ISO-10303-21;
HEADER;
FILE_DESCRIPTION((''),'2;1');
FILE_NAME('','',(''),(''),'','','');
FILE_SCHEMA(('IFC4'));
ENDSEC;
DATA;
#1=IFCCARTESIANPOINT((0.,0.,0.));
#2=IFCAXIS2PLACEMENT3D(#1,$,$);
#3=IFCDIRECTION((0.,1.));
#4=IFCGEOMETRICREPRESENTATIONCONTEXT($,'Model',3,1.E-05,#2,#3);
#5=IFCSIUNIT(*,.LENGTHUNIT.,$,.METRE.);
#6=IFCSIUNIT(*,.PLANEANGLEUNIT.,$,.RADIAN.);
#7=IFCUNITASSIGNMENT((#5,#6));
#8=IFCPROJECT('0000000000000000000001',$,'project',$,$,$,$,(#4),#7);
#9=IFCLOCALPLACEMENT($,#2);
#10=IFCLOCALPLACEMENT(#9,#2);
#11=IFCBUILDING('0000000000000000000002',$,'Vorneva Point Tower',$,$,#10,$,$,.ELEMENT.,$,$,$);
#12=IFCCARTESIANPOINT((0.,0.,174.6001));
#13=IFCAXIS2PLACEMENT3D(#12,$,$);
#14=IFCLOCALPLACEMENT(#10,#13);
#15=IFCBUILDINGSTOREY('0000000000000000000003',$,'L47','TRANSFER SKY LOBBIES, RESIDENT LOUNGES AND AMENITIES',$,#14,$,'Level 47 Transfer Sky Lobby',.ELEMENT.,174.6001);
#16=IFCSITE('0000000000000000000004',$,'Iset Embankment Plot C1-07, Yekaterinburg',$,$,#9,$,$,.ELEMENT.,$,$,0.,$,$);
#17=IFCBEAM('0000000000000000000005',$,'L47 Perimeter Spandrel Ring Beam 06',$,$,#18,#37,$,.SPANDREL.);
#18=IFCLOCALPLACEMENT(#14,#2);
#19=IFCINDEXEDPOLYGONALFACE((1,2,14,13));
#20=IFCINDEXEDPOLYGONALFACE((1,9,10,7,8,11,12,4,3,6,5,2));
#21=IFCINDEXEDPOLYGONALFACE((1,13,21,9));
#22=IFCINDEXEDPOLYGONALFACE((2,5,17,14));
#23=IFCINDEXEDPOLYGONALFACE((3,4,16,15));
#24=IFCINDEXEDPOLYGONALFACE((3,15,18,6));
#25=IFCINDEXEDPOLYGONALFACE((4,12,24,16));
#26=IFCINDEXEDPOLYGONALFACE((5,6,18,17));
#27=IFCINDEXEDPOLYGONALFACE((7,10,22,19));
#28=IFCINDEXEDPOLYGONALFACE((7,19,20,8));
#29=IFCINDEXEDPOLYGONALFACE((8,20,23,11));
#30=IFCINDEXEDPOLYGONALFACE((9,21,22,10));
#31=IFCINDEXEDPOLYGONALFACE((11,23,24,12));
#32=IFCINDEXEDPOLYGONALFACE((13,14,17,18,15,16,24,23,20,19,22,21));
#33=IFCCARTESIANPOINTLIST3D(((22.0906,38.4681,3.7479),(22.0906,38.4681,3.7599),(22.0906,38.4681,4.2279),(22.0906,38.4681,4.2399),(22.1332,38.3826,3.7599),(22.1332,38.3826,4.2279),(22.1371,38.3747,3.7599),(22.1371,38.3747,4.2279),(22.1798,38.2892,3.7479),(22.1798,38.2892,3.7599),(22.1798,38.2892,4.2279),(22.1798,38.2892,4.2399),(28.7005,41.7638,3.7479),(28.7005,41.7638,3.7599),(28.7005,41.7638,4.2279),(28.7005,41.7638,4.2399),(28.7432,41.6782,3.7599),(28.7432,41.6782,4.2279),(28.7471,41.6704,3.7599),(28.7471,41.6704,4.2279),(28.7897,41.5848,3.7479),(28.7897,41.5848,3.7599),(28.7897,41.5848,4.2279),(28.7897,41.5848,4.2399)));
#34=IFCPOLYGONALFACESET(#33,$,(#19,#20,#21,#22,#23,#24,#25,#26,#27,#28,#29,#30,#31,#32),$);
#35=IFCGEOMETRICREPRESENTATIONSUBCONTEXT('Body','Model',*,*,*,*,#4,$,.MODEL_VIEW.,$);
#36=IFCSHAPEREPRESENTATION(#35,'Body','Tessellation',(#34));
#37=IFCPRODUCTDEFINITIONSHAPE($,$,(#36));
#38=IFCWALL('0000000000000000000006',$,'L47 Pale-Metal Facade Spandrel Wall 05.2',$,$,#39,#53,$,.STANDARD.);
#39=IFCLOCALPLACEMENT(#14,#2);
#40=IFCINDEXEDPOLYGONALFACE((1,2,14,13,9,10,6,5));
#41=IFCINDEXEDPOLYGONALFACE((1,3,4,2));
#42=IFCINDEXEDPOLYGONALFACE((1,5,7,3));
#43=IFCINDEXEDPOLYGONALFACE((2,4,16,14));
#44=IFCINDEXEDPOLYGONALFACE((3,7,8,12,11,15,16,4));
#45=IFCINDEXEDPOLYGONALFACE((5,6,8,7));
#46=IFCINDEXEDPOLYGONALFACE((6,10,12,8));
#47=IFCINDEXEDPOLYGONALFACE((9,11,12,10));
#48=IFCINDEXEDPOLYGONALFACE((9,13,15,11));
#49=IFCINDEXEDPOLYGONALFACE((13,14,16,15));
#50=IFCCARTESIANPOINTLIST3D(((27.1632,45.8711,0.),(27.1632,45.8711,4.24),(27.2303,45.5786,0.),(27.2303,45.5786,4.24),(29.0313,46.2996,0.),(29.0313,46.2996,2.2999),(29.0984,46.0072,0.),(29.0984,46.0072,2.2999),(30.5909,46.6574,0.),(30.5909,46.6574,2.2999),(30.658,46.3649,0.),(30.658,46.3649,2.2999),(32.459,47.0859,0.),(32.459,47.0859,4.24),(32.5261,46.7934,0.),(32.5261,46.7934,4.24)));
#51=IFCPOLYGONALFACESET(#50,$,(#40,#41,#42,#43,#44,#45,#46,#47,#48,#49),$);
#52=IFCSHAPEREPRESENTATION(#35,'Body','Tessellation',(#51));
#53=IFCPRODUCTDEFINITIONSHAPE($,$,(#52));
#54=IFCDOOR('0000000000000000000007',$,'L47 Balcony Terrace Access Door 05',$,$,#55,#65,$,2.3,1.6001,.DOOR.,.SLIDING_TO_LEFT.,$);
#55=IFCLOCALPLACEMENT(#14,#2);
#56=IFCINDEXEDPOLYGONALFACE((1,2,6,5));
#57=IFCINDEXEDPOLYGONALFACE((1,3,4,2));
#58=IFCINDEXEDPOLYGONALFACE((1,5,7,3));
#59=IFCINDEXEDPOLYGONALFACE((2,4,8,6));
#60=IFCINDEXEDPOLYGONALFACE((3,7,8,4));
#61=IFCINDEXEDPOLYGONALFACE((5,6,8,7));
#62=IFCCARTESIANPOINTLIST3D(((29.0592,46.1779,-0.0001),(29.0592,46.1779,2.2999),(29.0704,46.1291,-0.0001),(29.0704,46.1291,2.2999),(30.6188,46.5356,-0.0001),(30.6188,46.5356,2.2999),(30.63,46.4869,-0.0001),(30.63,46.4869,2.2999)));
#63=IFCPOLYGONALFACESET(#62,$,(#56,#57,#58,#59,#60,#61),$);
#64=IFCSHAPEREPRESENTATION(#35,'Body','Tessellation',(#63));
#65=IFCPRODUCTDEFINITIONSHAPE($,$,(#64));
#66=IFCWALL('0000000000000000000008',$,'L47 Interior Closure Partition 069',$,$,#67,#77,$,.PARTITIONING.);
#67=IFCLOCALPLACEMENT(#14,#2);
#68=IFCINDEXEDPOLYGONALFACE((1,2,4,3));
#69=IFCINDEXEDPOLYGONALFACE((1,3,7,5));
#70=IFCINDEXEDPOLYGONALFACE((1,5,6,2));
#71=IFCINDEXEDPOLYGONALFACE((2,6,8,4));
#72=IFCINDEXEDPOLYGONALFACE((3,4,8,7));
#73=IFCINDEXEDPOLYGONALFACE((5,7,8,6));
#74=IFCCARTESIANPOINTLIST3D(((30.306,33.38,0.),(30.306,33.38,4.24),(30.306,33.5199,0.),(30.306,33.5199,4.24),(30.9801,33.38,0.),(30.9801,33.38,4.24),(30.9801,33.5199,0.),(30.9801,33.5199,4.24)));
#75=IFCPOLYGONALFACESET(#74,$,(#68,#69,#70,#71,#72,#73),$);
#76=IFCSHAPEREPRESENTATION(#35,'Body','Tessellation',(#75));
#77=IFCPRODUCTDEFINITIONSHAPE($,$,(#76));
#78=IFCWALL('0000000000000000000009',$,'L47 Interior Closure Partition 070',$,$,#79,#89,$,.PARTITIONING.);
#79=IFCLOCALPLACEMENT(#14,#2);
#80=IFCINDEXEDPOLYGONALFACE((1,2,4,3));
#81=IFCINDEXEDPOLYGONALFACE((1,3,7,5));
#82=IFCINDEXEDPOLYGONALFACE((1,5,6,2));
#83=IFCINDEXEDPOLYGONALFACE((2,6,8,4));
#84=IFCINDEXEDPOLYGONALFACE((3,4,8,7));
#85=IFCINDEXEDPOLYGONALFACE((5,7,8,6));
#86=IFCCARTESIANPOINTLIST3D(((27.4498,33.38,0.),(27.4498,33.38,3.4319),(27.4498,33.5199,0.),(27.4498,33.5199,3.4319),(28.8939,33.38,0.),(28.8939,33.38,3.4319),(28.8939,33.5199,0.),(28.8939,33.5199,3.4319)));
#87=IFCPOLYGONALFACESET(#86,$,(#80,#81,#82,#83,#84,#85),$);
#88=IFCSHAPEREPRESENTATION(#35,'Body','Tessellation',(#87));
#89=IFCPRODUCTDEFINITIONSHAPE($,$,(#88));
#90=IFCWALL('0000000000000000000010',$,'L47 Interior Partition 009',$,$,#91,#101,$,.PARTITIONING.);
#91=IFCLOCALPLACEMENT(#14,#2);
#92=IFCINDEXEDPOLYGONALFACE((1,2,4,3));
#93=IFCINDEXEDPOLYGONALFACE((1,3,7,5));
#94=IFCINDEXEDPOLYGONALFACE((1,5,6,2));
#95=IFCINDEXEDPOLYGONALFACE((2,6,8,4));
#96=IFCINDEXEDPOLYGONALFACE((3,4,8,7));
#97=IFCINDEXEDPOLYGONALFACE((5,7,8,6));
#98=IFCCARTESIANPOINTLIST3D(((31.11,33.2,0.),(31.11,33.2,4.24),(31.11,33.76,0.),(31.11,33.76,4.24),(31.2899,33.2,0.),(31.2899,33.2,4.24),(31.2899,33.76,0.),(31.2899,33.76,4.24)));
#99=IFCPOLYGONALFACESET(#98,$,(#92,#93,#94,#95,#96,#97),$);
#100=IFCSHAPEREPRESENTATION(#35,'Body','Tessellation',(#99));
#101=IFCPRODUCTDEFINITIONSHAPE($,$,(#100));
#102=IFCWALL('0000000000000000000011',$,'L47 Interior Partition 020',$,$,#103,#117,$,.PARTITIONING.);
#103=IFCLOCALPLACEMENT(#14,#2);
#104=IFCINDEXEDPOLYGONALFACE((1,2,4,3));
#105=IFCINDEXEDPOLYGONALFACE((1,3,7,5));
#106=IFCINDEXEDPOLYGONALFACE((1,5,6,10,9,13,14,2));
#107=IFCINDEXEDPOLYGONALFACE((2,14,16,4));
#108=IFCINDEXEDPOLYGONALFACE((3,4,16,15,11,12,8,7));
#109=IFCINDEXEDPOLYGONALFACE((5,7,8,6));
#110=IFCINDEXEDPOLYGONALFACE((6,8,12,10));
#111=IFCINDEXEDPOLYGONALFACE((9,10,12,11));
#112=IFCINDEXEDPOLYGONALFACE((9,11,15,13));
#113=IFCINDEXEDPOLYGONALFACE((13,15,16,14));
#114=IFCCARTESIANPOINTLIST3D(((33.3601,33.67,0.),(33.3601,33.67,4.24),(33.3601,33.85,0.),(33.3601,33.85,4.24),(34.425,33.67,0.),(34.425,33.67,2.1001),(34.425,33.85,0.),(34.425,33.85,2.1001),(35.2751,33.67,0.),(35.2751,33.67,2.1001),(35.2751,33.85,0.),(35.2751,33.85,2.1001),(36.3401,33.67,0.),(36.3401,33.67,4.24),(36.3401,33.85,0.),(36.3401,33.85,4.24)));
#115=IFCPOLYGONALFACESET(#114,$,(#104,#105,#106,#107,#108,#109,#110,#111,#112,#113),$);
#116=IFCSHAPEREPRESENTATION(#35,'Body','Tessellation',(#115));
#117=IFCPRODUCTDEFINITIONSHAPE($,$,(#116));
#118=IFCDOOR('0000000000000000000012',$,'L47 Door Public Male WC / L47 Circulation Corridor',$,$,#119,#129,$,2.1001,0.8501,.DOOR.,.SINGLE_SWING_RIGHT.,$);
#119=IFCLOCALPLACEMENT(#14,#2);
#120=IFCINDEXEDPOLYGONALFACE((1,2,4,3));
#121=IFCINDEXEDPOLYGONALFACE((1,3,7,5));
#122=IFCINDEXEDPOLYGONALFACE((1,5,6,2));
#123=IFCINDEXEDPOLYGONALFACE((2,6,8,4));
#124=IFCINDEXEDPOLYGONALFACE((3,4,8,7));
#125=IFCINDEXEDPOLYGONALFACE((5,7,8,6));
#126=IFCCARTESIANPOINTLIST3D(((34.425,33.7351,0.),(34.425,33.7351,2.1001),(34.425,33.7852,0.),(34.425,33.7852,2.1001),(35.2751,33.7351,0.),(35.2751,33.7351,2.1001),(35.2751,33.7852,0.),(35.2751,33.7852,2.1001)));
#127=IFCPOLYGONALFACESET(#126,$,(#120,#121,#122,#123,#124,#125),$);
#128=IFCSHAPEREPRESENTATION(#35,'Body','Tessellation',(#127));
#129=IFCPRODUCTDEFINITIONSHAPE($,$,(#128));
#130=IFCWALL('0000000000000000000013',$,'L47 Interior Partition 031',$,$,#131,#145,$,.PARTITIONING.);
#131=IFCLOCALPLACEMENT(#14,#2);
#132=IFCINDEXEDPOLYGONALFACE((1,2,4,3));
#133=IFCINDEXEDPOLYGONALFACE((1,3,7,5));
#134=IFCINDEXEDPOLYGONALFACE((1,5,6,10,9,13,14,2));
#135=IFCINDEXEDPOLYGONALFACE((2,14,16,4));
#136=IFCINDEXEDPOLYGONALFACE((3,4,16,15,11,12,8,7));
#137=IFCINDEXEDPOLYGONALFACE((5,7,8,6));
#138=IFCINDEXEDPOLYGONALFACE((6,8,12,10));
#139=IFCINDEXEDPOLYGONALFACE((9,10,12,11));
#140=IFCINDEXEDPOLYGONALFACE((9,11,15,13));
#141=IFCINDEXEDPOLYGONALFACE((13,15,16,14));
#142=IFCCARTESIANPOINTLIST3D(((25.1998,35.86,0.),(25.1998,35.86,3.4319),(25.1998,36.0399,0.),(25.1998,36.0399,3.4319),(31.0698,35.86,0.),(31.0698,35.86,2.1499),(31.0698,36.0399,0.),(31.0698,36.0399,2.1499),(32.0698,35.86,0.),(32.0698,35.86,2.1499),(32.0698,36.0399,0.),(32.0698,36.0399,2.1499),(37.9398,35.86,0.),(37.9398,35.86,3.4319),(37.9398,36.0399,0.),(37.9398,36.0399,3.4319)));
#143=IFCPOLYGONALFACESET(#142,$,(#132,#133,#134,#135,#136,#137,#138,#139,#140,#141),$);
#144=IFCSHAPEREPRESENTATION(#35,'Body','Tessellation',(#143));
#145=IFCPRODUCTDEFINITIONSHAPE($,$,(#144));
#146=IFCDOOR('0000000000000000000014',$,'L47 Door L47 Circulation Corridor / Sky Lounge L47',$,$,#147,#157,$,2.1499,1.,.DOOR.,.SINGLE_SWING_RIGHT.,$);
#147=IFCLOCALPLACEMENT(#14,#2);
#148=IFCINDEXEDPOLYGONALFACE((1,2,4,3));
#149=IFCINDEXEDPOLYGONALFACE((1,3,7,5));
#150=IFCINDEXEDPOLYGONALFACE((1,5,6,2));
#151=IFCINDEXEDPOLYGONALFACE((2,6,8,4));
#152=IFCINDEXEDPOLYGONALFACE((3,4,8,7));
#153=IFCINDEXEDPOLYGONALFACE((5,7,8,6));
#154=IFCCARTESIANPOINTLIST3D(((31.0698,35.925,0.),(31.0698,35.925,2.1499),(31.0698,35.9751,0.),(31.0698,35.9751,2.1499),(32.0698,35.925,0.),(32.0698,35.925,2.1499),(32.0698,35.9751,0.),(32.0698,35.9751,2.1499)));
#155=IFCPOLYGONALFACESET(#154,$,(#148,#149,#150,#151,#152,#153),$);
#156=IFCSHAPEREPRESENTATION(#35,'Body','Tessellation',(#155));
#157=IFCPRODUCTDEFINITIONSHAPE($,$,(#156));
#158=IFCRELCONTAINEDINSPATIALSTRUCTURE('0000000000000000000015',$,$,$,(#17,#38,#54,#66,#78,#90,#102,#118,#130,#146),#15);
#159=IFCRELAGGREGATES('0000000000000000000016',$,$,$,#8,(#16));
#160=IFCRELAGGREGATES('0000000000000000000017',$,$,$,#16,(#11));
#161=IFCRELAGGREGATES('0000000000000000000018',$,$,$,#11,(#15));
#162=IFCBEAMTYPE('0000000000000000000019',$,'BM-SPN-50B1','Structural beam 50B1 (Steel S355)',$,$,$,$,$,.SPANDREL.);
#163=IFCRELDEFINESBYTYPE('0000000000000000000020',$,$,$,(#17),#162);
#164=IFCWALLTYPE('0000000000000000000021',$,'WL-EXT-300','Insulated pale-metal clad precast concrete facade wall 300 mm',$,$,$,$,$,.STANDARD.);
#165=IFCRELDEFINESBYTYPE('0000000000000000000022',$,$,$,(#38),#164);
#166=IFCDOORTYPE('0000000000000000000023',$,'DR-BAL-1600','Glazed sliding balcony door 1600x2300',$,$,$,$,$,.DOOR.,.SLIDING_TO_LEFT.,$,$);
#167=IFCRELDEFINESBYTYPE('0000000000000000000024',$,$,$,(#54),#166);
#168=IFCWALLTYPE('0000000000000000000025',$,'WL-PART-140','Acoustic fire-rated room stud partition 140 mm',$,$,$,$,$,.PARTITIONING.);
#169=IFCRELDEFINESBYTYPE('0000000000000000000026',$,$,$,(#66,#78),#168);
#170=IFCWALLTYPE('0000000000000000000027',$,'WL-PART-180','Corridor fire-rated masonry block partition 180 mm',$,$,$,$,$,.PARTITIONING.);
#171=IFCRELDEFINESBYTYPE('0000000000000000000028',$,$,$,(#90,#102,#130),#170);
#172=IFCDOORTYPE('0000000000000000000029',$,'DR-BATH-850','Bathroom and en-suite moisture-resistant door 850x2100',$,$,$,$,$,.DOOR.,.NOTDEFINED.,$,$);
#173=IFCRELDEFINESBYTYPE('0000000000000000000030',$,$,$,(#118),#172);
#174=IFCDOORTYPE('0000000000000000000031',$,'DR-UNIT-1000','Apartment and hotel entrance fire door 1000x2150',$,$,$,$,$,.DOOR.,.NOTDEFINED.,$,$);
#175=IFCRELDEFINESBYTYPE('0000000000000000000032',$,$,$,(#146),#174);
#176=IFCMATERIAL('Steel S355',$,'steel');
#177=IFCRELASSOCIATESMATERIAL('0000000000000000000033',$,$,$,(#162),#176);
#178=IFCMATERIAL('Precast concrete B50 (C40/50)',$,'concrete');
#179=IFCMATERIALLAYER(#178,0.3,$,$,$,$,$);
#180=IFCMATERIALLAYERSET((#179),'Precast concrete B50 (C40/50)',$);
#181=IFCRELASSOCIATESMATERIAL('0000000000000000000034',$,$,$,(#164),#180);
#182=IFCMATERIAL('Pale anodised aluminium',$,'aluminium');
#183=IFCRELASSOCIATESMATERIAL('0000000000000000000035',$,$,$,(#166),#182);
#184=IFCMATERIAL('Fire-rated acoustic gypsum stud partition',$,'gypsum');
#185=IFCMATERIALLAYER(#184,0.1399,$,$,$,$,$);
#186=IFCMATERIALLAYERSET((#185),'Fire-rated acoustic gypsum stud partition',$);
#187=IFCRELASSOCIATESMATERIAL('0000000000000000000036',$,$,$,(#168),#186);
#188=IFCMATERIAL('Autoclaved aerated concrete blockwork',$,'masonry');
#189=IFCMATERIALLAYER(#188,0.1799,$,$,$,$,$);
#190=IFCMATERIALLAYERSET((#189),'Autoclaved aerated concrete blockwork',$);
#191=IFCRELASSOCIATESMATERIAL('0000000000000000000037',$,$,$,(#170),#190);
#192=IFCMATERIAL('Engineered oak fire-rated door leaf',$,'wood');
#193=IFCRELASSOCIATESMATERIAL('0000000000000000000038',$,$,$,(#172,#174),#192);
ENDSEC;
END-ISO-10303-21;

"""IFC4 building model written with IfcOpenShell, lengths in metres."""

from ifc_helpers import new_model, si_unit, direction, frame, frame_2d, origin, origin_2d, place, context, subcontext, project, spatial, rectangle, i_section, extrude, material, layer, layer_set, material_profile, profile_set, type_object, element, fill, save


model = new_model("IFC4")

# Units and contexts
model_context = context("Model", 3, precision=1e-05, world=origin(), true_north=direction((0.0, 1.0)))
body_context = subcontext(model_context, "Body", "Model", "MODEL_VIEW")
ifc_project = project(units=[si_unit("LENGTHUNIT", "METRE"), si_unit("PLANEANGLEUNIT", "RADIAN")], contexts=[model_context])

# Site, building, storey
site_placement = place(None, origin())
site = spatial("IfcSite", under=ifc_project, at=site_placement, Name="Iset Embankment Plot C1-07, Yekaterinburg", CompositionType="ELEMENT", RefElevation=0.0)
building_placement = place(site_placement, origin())
building = spatial("IfcBuilding", under=site, at=building_placement, Name="Vorneva Point Tower", CompositionType="ELEMENT")
storey_placement = place(building_placement, frame((0.0, 0.0, 174.6001)))
storey = spatial("IfcBuildingStorey", under=building, at=storey_placement, Name="L47", Description="TRANSFER SKY LOBBIES, RESIDENT LOUNGES AND AMENITIES", LongName="Level 47 Transfer Sky Lobby", CompositionType="ELEMENT", Elevation=174.6001)

# Beam
ifc_material_1 = material(Name="Steel S355", Category="steel")
ifc_material_profile_1 = material_profile(ifc_material_1, i_section(OverallWidth=0.2, OverallDepth=0.4919, WebThickness=0.0088, FlangeThickness=0.012, at=origin_2d()), Name="50B1")
ifc_profile_set_1 = profile_set([ifc_material_profile_1], Name="Steel S355")
beam_type_1 = type_object("IfcBeamType", Name="BM-SPN-50B1", Description="Structural beam 50B1 (Steel S355)", PredefinedType="SPANDREL", material=ifc_profile_set_1)
beam_1_placement = place(storey_placement, frame((28.7451, 41.6743, 3.9939), z_axis=(-0.894929, -0.446208, 0.0), x_axis=(0.446208, -0.894929, 0.0)))
element("IfcBeam", 1, at=beam_1_placement, inside=storey, type_object=beam_type_1, Name="L47 Perimeter Spandrel Ring Beam 06", PredefinedType="SPANDREL", context=body_context, shape_type="SweptSolid", body=[
    extrude(i_section(OverallWidth=0.2, OverallDepth=0.4919, WebThickness=0.0088, FlangeThickness=0.012, at=origin_2d()), origin(), (0.0, 0.0, 1.0), 7.386),
])

# Wall, opening, door
ifc_material_2 = material(Name="Precast concrete B50 (C40/50)", Category="concrete")
ifc_layer_1 = layer(ifc_material_2, 0.3)
ifc_layer_set_1 = layer_set([ifc_layer_1], Name="Precast concrete B50 (C40/50)")
wall_type_1 = type_object("IfcWallType", Name="WL-EXT-300", Description="Insulated pale-metal clad precast concrete facade wall 300 mm", PredefinedType="STANDARD", material=ifc_layer_set_1)
wall_1_placement = place(storey_placement, frame((32.4927, 46.9397, 0.0), z_axis=(0.0, 0.0, 1.0), x_axis=(-0.974684, -0.223586, 0.0)))
wall_1 = element("IfcWall", 2, at=wall_1_placement, inside=storey, type_object=wall_type_1, Name="L47 Pale-Metal Facade Spandrel Wall 05.2", PredefinedType="STANDARD", context=body_context, shape_type="SweptSolid", body=[
    extrude(rectangle(XDim=5.4333, YDim=0.3, at=frame_2d((2.7168, 0.0))), origin(), (0.0, 0.0, 1.0), 4.24),
])
opening_1_placement = place(wall_1_placement, frame((1.9167, 0.0, 0.0)))
opening_1 = element("IfcOpeningElement", 3, at=opening_1_placement, cuts=wall_1, PredefinedType="OPENING", context=body_context, shape_type="SweptSolid", body=[
    extrude(rectangle(XDim=1.6001, YDim=2.3, at=frame_2d((0.8, 1.1499))), frame((0.0, 0.165, 0.0), z_axis=(0.0, -1.0, 0.0), x_axis=(1.0, 0.0, 0.0)), (0.0, 0.0, 1.0), 0.3298),
])
ifc_material_3 = material(Name="Pale anodised aluminium", Category="aluminium")
door_type_1 = type_object("IfcDoorType", Name="DR-BAL-1600", Description="Glazed sliding balcony door 1600x2300", OperationType="SLIDING_TO_LEFT", PredefinedType="DOOR", material=ifc_material_3)
door_1_placement = place(opening_1_placement, origin())
door_1 = element("IfcDoor", 4, at=door_1_placement, inside=storey, type_object=door_type_1, Name="L47 Balcony Terrace Access Door 05", OperationType="SLIDING_TO_LEFT", OverallHeight=2.3, OverallWidth=1.6001, PredefinedType="DOOR", context=body_context, shape_type="SweptSolid", body=[
    extrude(rectangle(XDim=1.6001, YDim=2.3, at=frame_2d((0.8, 1.1499))), frame((0.0, 0.0249, 0.0), z_axis=(0.0, -1.0, 0.0), x_axis=(1.0, 0.0, 0.0)), (0.0, 0.0, 1.0), 0.05),
])
fill(opening_1, door_1)

# Walls
ifc_material_4 = material(Name="Fire-rated acoustic gypsum stud partition", Category="gypsum")
ifc_layer_2 = layer(ifc_material_4, 0.1399)
ifc_layer_set_2 = layer_set([ifc_layer_2], Name="Fire-rated acoustic gypsum stud partition")
wall_type_2 = type_object("IfcWallType", Name="WL-PART-140", Description="Acoustic fire-rated room stud partition 140 mm", PredefinedType="PARTITIONING", material=ifc_layer_set_2)
wall_2_placement = place(storey_placement, frame((30.98, 33.45, 0.0), z_axis=(0.0, 0.0, 1.0), x_axis=(-1.0, 0.0, 0.0)))
element("IfcWall", 5, at=wall_2_placement, inside=storey, type_object=wall_type_2, Name="L47 Interior Closure Partition 069", PredefinedType="PARTITIONING", context=body_context, shape_type="SweptSolid", body=[
    extrude(rectangle(XDim=0.6741, YDim=0.1399, at=frame_2d((0.3369, 0.0))), origin(), (0.0, 0.0, 1.0), 4.24),
])
wall_3_placement = place(storey_placement, frame((28.894, 33.45, 0.0), z_axis=(0.0, 0.0, 1.0), x_axis=(-1.0, 0.0, 0.0)))
element("IfcWall", 6, at=wall_3_placement, inside=storey, type_object=wall_type_2, Name="L47 Interior Closure Partition 070", PredefinedType="PARTITIONING", context=body_context, shape_type="SweptSolid", body=[
    extrude(rectangle(XDim=1.4441, YDim=0.1399, at=frame_2d((0.7222, 0.0))), origin(), (0.0, 0.0, 1.0), 3.4319),
])

# Shared definitions
ifc_material_5 = material(Name="Autoclaved aerated concrete blockwork", Category="masonry")
ifc_layer_3 = layer(ifc_material_5, 0.1799)
ifc_layer_set_3 = layer_set([ifc_layer_3], Name="Autoclaved aerated concrete blockwork")
wall_type_3 = type_object("IfcWallType", Name="WL-PART-180", Description="Corridor fire-rated masonry block partition 180 mm", PredefinedType="PARTITIONING", material=ifc_layer_set_3)

# Wall
wall_4_placement = place(storey_placement, frame((31.2, 33.76, 0.0), z_axis=(0.0, 0.0, 1.0), x_axis=(0.0, -1.0, 0.0)))
element("IfcWall", 7, at=wall_4_placement, inside=storey, type_object=wall_type_3, Name="L47 Interior Partition 009", PredefinedType="PARTITIONING", context=body_context, shape_type="SweptSolid", body=[
    extrude(rectangle(XDim=0.5601, YDim=0.1799, at=frame_2d((0.28, 0.0))), origin(), (0.0, 0.0, 1.0), 4.24),
])

# Walls, openings, doors
wall_5_placement = place(storey_placement, frame((36.3401, 33.76, 0.0), z_axis=(0.0, 0.0, 1.0), x_axis=(-1.0, 0.0, 0.0)))
wall_5 = element("IfcWall", 8, at=wall_5_placement, inside=storey, type_object=wall_type_3, Name="L47 Interior Partition 020", PredefinedType="PARTITIONING", context=body_context, shape_type="SweptSolid", body=[
    extrude(rectangle(XDim=2.98, YDim=0.1799, at=frame_2d((1.49, 0.0))), origin(), (0.0, 0.0, 1.0), 4.24),
])
opening_2_placement = place(wall_5_placement, frame((1.0649, 0.0, 0.0)))
opening_2 = element("IfcOpeningElement", 9, at=opening_2_placement, cuts=wall_5, PredefinedType="OPENING", context=body_context, shape_type="SweptSolid", body=[
    extrude(rectangle(XDim=0.8501, YDim=2.1001, at=frame_2d((0.425, 1.05))), frame((0.0, 0.105, 0.0), z_axis=(0.0, -1.0, 0.0), x_axis=(1.0, 0.0, 0.0)), (0.0, 0.0, 1.0), 0.2097),
])
ifc_material_6 = material(Name="Engineered oak fire-rated door leaf", Category="wood")
door_type_2 = type_object("IfcDoorType", Name="DR-BATH-850", Description="Bathroom and en-suite moisture-resistant door 850x2100", OperationType="NOTDEFINED", PredefinedType="DOOR", material=ifc_material_6)
door_2_placement = place(opening_2_placement, origin())
door_2 = element("IfcDoor", 10, at=door_2_placement, inside=storey, type_object=door_type_2, Name="L47 Door Public Male WC / L47 Circulation Corridor", OperationType="SINGLE_SWING_RIGHT", OverallHeight=2.1001, OverallWidth=0.8501, PredefinedType="DOOR", context=body_context, shape_type="SweptSolid", body=[
    extrude(rectangle(XDim=0.8501, YDim=2.1001, at=frame_2d((0.425, 1.05))), frame((0.0, 0.0249, 0.0), z_axis=(0.0, -1.0, 0.0), x_axis=(1.0, 0.0, 0.0)), (0.0, 0.0, 1.0), 0.05),
])
fill(opening_2, door_2)
wall_6_placement = place(storey_placement, frame((37.9399, 35.95, 0.0), z_axis=(0.0, 0.0, 1.0), x_axis=(-1.0, 0.0, 0.0)))
wall_6 = element("IfcWall", 11, at=wall_6_placement, inside=storey, type_object=wall_type_3, Name="L47 Interior Partition 031", PredefinedType="PARTITIONING", context=body_context, shape_type="SweptSolid", body=[
    extrude(rectangle(XDim=12.74, YDim=0.1799, at=frame_2d((6.3701, 0.0))), origin(), (0.0, 0.0, 1.0), 3.4319),
])
opening_3_placement = place(wall_6_placement, frame((5.8701, 0.0, 0.0)))
opening_3 = element("IfcOpeningElement", 12, at=opening_3_placement, cuts=wall_6, PredefinedType="OPENING", context=body_context, shape_type="SweptSolid", body=[
    extrude(rectangle(XDim=1.0, YDim=2.1499, at=frame_2d((0.5, 1.075))), frame((0.0, 0.105, 0.0), z_axis=(0.0, -1.0, 0.0), x_axis=(1.0, 0.0, 0.0)), (0.0, 0.0, 1.0), 0.2097),
])
door_type_3 = type_object("IfcDoorType", Name="DR-UNIT-1000", Description="Apartment and hotel entrance fire door 1000x2150", OperationType="NOTDEFINED", PredefinedType="DOOR", material=ifc_material_6)
door_3_placement = place(opening_3_placement, origin())
door_3 = element("IfcDoor", 13, at=door_3_placement, inside=storey, type_object=door_type_3, Name="L47 Door L47 Circulation Corridor / Sky Lounge L47", OperationType="SINGLE_SWING_RIGHT", OverallHeight=2.1499, OverallWidth=1.0, PredefinedType="DOOR", context=body_context, shape_type="SweptSolid", body=[
    extrude(rectangle(XDim=1.0, YDim=2.1499, at=frame_2d((0.5, 1.075))), frame((0.0, 0.0249, 0.0), z_axis=(0.0, -1.0, 0.0), x_axis=(1.0, 0.0, 0.0)), (0.0, 0.0, 1.0), 0.05),
])
fill(opening_3, door_3)

save(model, "model.ifc")
